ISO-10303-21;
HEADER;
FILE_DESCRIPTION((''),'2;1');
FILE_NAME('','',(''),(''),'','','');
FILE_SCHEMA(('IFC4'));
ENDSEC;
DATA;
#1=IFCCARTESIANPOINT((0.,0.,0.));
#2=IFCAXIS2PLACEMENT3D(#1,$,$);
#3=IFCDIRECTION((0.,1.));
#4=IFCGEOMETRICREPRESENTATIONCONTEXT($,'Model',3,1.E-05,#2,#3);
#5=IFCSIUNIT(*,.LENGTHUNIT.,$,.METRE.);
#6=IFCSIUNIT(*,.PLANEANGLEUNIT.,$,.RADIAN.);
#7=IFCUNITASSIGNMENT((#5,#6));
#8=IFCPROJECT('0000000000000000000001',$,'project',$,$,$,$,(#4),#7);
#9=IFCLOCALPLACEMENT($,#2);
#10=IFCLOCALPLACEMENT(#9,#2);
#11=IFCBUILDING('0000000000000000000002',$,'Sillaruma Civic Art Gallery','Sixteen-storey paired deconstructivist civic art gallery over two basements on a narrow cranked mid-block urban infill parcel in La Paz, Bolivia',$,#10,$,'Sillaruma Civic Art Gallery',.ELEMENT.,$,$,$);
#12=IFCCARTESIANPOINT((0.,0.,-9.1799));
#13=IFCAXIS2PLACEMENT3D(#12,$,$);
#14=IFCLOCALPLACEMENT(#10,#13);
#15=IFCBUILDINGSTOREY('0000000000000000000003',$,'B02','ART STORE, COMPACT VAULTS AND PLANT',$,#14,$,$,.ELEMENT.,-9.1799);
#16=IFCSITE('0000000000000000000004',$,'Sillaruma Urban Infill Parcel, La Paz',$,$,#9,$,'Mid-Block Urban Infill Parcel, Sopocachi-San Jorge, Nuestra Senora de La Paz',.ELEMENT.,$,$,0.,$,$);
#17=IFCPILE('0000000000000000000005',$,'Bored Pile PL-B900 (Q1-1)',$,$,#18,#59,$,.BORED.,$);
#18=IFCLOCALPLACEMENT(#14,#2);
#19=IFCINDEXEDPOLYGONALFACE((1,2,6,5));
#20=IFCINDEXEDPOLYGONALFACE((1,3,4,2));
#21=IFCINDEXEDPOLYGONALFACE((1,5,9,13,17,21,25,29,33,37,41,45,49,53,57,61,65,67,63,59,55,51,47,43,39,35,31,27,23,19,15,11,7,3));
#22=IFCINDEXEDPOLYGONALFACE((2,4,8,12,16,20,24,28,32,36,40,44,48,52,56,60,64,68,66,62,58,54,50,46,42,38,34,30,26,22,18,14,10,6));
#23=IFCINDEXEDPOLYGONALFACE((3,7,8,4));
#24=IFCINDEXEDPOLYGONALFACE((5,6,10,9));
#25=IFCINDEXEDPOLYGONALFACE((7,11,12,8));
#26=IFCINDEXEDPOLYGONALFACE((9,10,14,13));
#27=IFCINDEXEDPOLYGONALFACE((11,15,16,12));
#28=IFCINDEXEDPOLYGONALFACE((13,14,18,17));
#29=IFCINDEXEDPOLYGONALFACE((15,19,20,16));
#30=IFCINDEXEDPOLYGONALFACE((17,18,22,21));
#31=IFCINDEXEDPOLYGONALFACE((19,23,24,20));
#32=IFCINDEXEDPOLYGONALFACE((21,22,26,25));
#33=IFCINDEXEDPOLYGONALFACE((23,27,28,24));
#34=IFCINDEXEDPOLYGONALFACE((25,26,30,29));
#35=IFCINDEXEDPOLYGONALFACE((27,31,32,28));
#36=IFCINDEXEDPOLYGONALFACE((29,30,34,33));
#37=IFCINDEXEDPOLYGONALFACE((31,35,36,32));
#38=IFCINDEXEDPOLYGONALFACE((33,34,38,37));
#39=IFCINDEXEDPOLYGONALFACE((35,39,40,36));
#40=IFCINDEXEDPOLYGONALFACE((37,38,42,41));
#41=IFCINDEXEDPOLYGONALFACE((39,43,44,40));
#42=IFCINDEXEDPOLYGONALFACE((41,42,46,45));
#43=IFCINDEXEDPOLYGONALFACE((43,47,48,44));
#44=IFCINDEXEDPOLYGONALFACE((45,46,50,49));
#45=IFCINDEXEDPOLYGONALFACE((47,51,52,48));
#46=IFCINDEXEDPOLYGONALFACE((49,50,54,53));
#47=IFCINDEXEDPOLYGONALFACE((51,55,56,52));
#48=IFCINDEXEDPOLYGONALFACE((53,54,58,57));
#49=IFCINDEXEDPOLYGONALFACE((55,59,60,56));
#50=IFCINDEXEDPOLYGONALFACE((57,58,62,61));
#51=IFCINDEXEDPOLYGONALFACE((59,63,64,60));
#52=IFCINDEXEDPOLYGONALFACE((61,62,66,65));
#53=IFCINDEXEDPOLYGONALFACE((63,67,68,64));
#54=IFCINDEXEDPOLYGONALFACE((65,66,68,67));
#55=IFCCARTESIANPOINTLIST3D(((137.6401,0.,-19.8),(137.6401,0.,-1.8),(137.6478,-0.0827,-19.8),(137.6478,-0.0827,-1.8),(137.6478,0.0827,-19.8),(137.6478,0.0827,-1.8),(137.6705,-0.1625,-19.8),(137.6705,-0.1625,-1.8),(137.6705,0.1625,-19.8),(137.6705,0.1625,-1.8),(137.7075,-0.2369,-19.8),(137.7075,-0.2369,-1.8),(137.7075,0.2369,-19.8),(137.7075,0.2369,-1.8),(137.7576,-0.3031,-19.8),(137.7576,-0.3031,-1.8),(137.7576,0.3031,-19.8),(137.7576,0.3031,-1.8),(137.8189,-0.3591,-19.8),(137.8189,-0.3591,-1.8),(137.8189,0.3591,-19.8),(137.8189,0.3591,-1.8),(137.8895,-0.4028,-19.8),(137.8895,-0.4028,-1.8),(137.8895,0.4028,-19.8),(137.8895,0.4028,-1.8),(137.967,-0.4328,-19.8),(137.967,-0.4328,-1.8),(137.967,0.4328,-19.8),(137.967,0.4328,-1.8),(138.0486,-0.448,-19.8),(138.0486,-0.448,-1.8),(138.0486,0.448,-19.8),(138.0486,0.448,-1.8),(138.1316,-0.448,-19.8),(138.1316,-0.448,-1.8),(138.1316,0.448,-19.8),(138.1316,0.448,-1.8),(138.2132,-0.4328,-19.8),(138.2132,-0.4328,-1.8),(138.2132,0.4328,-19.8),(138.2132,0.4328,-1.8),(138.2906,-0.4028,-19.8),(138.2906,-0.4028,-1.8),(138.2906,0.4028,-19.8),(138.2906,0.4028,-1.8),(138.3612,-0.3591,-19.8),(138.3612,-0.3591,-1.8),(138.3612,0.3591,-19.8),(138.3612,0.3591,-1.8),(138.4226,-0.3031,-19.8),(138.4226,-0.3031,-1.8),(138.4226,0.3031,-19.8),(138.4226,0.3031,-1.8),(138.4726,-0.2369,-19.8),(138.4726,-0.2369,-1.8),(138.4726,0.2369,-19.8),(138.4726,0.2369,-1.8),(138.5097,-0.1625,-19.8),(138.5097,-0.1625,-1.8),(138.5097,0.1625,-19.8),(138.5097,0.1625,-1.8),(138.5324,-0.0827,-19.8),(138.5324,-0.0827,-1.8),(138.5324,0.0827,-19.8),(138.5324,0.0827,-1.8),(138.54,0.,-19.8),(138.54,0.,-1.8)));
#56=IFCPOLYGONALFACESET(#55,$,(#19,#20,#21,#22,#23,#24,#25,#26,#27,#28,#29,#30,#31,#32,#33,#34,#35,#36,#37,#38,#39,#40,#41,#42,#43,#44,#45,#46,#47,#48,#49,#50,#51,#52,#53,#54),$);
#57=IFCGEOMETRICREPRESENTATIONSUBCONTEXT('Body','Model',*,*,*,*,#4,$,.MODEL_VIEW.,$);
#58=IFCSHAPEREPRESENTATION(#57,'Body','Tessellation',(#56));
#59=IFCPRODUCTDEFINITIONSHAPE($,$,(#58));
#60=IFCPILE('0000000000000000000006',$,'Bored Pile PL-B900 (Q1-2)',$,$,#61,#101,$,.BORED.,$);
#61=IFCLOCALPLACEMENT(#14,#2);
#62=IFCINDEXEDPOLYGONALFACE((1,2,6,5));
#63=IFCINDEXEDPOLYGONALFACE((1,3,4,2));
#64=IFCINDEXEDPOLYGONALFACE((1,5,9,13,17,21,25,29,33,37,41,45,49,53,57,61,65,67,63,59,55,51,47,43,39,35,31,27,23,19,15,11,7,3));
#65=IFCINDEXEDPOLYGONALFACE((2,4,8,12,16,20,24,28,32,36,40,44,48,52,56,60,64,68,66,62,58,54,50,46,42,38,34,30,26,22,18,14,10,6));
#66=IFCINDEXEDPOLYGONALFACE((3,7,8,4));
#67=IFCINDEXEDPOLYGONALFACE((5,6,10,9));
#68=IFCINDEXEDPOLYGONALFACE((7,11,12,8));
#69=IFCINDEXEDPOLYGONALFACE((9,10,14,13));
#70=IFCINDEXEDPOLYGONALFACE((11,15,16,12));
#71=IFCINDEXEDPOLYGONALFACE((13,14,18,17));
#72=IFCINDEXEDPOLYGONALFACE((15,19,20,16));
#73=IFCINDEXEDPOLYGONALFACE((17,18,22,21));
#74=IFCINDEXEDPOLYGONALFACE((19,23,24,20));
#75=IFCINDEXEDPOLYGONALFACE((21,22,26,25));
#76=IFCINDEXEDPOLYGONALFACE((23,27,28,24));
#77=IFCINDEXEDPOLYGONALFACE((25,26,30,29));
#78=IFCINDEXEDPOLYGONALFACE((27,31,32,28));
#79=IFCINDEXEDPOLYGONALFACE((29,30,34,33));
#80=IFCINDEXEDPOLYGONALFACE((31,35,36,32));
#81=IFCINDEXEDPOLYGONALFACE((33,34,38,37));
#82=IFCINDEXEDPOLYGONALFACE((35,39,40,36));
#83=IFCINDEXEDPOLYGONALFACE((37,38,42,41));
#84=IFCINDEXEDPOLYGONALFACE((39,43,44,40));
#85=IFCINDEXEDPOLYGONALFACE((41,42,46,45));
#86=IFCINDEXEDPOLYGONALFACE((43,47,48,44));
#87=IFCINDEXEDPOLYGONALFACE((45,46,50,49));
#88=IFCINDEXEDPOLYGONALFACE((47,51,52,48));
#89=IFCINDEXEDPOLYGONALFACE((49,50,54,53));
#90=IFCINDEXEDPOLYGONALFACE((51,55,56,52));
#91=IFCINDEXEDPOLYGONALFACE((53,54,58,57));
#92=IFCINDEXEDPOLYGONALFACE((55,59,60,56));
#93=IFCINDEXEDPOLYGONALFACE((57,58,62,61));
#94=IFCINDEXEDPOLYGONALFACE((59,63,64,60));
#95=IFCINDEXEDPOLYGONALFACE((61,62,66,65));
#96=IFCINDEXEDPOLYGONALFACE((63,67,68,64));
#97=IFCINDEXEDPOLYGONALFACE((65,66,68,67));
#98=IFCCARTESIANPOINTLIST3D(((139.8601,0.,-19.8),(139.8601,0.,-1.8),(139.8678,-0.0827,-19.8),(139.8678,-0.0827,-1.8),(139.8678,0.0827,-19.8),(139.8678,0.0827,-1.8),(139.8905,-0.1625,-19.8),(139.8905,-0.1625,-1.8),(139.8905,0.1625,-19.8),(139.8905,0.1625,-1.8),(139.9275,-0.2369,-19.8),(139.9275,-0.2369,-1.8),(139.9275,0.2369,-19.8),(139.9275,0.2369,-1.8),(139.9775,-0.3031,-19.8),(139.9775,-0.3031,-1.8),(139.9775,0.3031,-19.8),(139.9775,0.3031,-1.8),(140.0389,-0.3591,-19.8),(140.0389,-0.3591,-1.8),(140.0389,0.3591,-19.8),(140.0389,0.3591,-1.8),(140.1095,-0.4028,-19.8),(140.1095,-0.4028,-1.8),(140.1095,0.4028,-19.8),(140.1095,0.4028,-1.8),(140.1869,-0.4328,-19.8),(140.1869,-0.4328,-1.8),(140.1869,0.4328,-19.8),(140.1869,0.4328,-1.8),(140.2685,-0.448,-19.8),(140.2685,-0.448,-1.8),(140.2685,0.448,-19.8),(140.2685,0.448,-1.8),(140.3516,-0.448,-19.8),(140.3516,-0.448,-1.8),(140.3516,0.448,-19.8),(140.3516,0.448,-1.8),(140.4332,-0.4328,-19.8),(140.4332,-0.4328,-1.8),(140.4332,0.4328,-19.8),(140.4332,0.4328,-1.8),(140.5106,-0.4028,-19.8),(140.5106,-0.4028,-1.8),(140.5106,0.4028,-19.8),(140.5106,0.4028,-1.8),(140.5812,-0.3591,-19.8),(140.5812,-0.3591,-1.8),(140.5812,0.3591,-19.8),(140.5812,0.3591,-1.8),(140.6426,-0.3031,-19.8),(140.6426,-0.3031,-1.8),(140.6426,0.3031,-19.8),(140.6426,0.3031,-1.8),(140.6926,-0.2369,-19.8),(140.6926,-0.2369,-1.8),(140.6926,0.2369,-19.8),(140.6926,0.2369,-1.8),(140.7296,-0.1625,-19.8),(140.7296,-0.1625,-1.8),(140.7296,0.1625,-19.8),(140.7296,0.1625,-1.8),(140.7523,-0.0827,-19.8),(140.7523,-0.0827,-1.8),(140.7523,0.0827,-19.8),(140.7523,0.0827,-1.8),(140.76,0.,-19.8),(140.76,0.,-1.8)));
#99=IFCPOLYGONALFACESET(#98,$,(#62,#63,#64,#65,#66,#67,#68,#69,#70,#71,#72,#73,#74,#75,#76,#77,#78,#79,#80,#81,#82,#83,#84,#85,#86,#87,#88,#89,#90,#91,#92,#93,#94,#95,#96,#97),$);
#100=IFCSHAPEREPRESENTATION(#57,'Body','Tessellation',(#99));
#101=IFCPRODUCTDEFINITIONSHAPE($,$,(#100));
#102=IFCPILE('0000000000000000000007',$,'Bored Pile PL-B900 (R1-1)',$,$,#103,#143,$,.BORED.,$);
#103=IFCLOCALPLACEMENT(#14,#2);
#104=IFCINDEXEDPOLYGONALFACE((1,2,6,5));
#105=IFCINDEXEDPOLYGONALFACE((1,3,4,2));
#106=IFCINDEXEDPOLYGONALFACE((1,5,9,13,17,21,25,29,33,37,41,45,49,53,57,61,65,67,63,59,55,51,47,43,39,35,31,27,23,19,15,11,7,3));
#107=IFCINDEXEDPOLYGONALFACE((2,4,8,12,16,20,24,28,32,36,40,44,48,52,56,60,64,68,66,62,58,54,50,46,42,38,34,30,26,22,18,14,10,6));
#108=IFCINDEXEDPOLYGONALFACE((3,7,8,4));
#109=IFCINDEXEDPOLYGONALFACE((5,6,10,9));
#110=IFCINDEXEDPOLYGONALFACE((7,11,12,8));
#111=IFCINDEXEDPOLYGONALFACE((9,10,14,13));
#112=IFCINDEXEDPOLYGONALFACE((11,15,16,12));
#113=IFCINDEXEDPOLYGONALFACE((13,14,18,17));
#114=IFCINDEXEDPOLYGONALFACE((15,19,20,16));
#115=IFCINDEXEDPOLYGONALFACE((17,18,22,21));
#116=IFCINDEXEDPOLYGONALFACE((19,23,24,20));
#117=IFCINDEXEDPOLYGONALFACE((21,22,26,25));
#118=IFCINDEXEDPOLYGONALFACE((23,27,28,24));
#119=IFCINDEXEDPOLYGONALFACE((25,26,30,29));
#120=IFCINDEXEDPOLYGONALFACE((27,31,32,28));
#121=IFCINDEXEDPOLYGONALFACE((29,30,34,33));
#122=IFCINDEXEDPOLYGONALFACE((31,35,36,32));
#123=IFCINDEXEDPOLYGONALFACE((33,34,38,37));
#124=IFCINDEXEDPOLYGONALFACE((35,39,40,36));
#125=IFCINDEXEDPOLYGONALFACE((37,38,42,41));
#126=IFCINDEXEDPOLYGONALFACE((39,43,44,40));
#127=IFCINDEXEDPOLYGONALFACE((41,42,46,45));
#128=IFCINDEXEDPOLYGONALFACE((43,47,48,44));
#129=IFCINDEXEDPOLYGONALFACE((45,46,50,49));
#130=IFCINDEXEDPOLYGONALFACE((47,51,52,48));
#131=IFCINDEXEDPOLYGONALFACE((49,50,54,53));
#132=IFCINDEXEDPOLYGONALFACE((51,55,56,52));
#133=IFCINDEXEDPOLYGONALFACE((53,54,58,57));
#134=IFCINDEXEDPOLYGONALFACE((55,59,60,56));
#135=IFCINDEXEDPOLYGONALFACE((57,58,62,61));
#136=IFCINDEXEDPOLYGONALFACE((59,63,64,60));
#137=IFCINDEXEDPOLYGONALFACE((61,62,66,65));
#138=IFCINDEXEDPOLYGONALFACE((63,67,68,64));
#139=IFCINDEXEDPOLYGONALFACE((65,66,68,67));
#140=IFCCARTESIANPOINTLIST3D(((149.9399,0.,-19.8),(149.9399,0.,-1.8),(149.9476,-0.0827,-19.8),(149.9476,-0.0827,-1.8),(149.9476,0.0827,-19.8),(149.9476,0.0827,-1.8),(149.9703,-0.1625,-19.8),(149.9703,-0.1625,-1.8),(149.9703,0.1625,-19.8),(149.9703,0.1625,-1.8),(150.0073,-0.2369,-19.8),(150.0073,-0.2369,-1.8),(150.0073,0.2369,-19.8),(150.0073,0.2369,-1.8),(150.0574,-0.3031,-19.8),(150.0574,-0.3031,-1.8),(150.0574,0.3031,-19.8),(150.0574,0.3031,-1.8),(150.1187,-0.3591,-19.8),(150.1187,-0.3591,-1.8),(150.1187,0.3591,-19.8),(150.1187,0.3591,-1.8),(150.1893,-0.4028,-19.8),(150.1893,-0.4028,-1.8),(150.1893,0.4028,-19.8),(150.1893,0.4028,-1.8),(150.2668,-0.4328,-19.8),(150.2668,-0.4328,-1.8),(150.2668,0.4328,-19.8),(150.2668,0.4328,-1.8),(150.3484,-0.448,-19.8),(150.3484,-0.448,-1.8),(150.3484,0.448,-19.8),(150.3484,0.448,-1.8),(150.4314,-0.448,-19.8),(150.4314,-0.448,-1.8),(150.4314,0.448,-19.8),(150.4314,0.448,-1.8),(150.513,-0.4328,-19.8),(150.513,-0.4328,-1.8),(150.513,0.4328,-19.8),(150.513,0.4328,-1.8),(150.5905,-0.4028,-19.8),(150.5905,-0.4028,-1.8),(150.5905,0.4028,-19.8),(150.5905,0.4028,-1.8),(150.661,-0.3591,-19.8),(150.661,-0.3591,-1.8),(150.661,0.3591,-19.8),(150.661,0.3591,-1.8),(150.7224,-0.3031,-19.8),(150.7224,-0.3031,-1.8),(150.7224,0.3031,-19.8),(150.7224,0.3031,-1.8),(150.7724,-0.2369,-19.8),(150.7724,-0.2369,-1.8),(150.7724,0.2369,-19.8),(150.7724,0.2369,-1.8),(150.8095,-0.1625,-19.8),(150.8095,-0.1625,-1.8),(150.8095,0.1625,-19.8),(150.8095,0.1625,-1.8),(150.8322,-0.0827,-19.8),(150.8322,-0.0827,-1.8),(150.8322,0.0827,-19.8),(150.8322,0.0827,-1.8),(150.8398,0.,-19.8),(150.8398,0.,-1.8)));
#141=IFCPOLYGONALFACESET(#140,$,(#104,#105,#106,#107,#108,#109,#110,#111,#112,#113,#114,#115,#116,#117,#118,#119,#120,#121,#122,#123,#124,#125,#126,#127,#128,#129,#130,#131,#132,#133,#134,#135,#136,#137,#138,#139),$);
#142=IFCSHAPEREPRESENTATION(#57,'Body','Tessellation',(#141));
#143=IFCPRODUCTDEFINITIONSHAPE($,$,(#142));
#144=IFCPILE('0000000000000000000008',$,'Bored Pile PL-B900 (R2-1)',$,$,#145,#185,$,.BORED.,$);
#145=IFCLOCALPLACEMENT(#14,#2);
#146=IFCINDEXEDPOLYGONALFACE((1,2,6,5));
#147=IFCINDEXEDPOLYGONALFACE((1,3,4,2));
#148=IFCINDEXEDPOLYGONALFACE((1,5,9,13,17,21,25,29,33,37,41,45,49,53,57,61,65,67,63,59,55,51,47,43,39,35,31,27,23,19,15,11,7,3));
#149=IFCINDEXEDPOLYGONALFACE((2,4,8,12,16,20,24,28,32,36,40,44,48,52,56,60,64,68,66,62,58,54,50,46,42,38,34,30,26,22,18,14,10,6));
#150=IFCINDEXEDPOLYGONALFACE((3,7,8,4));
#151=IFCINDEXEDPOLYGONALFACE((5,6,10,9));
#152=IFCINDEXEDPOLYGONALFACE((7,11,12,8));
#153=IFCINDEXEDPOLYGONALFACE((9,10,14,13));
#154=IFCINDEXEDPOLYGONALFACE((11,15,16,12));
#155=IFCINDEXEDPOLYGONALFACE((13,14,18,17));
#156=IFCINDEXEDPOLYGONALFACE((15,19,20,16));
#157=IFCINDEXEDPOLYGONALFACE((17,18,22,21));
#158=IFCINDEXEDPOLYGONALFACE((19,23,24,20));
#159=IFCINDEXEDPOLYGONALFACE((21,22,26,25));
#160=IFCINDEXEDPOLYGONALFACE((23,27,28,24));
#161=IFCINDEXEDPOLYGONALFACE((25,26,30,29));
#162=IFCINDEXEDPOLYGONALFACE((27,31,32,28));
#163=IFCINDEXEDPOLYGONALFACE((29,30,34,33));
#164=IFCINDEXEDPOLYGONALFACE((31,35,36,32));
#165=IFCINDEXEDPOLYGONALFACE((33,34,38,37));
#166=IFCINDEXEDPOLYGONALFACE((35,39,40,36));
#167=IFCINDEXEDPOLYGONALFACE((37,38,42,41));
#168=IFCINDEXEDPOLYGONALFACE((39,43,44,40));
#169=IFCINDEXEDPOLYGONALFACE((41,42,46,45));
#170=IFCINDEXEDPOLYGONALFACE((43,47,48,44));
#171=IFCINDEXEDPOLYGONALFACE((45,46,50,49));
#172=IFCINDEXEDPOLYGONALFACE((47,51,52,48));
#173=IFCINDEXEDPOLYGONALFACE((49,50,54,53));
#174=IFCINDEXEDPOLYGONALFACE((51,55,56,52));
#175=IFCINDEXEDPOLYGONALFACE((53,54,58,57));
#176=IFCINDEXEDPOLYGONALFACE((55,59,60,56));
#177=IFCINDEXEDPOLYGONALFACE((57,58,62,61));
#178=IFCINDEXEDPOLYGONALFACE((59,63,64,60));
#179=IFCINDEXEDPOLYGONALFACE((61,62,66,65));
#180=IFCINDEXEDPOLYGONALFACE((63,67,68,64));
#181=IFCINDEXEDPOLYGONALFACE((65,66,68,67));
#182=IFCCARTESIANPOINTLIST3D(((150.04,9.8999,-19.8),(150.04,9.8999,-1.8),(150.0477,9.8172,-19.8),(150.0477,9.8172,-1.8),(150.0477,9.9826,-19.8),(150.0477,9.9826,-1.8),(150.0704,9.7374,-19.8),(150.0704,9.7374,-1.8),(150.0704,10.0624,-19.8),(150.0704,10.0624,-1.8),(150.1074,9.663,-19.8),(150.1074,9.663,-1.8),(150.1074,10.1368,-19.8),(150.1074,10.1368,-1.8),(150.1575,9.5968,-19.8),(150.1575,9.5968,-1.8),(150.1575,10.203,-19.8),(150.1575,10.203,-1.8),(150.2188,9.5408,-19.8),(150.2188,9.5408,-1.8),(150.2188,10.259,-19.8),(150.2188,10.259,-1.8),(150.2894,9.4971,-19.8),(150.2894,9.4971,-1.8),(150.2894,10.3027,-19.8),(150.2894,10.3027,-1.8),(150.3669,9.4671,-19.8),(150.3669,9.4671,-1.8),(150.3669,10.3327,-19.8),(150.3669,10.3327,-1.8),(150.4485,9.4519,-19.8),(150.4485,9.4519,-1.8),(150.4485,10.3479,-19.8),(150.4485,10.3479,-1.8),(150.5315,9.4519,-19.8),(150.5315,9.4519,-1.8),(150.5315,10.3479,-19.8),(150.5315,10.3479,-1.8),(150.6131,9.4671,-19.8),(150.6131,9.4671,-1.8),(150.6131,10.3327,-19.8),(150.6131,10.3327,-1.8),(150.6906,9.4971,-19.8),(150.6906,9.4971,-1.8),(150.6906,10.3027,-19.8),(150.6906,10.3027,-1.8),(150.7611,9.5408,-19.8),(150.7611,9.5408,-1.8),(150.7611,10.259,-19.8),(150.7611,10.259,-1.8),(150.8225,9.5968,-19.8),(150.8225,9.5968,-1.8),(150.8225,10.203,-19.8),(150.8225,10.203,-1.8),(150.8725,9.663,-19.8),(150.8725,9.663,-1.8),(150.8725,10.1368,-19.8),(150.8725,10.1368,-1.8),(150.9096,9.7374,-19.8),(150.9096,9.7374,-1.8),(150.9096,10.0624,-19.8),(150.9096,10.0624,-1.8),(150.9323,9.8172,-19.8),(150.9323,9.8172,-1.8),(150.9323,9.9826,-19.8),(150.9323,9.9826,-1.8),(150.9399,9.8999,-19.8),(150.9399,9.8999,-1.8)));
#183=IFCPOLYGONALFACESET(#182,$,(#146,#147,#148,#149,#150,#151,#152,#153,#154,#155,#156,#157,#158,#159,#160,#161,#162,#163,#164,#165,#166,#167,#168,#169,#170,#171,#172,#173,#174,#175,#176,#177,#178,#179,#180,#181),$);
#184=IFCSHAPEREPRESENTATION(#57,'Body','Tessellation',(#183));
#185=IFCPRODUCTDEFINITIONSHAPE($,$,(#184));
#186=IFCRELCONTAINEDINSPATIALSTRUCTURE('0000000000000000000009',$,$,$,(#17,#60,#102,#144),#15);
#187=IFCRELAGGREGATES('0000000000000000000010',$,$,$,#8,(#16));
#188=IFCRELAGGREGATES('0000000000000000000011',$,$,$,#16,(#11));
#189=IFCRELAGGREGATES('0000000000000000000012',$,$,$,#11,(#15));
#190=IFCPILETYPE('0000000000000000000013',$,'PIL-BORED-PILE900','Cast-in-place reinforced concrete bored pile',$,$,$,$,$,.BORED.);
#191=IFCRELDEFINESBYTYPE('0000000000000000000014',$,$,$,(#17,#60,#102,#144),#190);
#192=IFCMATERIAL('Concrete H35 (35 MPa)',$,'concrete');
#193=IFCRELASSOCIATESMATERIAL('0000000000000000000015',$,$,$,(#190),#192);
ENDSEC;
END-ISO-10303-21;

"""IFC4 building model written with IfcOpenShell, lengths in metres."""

from ifc_helpers import new_model, si_unit, direction, frame, origin, origin_2d, place, context, subcontext, project, spatial, circle, extrude, material, material_profile, profile_set, type_object, element, save


model = new_model("IFC4")

# Units and contexts
model_context = context("Model", 3, precision=1e-05, world=origin(), true_north=direction((0.0, 1.0)))
body_context = subcontext(model_context, "Body", "Model", "MODEL_VIEW")
ifc_project = project(units=[si_unit("LENGTHUNIT", "METRE"), si_unit("PLANEANGLEUNIT", "RADIAN")], contexts=[model_context])

# Site, building, storey
site_placement = place(None, origin())
site = spatial("IfcSite", under=ifc_project, at=site_placement, Name="Sillaruma Urban Infill Parcel, La Paz", LongName="Mid-Block Urban Infill Parcel, Sopocachi-San Jorge, Nuestra Senora de La Paz", CompositionType="ELEMENT", RefElevation=0.0)
building_placement = place(site_placement, origin())
building = spatial("IfcBuilding", under=site, at=building_placement, Name="Sillaruma Civic Art Gallery", Description="Sixteen-storey paired deconstructivist civic art gallery over two basements on a narrow cranked mid-block urban infill parcel in La Paz, Bolivia", LongName="Sillaruma Civic Art Gallery", CompositionType="ELEMENT")
storey_placement = place(building_placement, frame((0.0, 0.0, -9.1799)))
storey = spatial("IfcBuildingStorey", under=building, at=storey_placement, Name="B02", Description="ART STORE, COMPACT VAULTS AND PLANT", CompositionType="ELEMENT", Elevation=-9.1799)

# Shared definitions
ifc_material_1 = material(Name="Concrete H35 (35 MPa)", Category="concrete")

# Piles
ifc_material_profile_1 = material_profile(ifc_material_1, circle(Radius=0.45, at=origin_2d()), Name="PILE900")
ifc_profile_set_1 = profile_set([ifc_material_profile_1], Name="Concrete H35 (35 MPa)")
pile_type_1 = type_object("IfcPileType", Name="PIL-BORED-PILE900", Description="Cast-in-place reinforced concrete bored pile", PredefinedType="BORED", material=ifc_profile_set_1)
for number, where, z_axis, x_axis, name in (
    (1, (138.0901, 0.0, -1.8), (0.0, 0.0, -1.0), (1.0, 0.0, 0.0), "Bored Pile PL-B900 (Q1-1)"),
    (2, (140.3101, 0.0, -1.8), (0.0, 0.0, -1.0), (1.0, 0.0, 0.0), "Bored Pile PL-B900 (Q1-2)"),
    (3, (150.3899, 0.0, -1.8), (0.0, 0.0, -1.0), (1.0, 0.0, 0.0), "Bored Pile PL-B900 (R1-1)"),
    (4, (150.49, 9.8999, -1.8), (0.0, 0.0, -1.0), (1.0, 0.0, 0.0), "Bored Pile PL-B900 (R2-1)"),
):
    element("IfcPile", number, at=place(storey_placement, frame(where, z_axis=z_axis, x_axis=x_axis)), inside=storey, type_object=pile_type_1, Name=name, PredefinedType="BORED", context=body_context, shape_type="SweptSolid", body=[
        extrude(circle(Radius=0.45, at=origin_2d()), origin(), (0.0, 0.0, 1.0), 18.0),
    ])

save(model, "model.ifc")
